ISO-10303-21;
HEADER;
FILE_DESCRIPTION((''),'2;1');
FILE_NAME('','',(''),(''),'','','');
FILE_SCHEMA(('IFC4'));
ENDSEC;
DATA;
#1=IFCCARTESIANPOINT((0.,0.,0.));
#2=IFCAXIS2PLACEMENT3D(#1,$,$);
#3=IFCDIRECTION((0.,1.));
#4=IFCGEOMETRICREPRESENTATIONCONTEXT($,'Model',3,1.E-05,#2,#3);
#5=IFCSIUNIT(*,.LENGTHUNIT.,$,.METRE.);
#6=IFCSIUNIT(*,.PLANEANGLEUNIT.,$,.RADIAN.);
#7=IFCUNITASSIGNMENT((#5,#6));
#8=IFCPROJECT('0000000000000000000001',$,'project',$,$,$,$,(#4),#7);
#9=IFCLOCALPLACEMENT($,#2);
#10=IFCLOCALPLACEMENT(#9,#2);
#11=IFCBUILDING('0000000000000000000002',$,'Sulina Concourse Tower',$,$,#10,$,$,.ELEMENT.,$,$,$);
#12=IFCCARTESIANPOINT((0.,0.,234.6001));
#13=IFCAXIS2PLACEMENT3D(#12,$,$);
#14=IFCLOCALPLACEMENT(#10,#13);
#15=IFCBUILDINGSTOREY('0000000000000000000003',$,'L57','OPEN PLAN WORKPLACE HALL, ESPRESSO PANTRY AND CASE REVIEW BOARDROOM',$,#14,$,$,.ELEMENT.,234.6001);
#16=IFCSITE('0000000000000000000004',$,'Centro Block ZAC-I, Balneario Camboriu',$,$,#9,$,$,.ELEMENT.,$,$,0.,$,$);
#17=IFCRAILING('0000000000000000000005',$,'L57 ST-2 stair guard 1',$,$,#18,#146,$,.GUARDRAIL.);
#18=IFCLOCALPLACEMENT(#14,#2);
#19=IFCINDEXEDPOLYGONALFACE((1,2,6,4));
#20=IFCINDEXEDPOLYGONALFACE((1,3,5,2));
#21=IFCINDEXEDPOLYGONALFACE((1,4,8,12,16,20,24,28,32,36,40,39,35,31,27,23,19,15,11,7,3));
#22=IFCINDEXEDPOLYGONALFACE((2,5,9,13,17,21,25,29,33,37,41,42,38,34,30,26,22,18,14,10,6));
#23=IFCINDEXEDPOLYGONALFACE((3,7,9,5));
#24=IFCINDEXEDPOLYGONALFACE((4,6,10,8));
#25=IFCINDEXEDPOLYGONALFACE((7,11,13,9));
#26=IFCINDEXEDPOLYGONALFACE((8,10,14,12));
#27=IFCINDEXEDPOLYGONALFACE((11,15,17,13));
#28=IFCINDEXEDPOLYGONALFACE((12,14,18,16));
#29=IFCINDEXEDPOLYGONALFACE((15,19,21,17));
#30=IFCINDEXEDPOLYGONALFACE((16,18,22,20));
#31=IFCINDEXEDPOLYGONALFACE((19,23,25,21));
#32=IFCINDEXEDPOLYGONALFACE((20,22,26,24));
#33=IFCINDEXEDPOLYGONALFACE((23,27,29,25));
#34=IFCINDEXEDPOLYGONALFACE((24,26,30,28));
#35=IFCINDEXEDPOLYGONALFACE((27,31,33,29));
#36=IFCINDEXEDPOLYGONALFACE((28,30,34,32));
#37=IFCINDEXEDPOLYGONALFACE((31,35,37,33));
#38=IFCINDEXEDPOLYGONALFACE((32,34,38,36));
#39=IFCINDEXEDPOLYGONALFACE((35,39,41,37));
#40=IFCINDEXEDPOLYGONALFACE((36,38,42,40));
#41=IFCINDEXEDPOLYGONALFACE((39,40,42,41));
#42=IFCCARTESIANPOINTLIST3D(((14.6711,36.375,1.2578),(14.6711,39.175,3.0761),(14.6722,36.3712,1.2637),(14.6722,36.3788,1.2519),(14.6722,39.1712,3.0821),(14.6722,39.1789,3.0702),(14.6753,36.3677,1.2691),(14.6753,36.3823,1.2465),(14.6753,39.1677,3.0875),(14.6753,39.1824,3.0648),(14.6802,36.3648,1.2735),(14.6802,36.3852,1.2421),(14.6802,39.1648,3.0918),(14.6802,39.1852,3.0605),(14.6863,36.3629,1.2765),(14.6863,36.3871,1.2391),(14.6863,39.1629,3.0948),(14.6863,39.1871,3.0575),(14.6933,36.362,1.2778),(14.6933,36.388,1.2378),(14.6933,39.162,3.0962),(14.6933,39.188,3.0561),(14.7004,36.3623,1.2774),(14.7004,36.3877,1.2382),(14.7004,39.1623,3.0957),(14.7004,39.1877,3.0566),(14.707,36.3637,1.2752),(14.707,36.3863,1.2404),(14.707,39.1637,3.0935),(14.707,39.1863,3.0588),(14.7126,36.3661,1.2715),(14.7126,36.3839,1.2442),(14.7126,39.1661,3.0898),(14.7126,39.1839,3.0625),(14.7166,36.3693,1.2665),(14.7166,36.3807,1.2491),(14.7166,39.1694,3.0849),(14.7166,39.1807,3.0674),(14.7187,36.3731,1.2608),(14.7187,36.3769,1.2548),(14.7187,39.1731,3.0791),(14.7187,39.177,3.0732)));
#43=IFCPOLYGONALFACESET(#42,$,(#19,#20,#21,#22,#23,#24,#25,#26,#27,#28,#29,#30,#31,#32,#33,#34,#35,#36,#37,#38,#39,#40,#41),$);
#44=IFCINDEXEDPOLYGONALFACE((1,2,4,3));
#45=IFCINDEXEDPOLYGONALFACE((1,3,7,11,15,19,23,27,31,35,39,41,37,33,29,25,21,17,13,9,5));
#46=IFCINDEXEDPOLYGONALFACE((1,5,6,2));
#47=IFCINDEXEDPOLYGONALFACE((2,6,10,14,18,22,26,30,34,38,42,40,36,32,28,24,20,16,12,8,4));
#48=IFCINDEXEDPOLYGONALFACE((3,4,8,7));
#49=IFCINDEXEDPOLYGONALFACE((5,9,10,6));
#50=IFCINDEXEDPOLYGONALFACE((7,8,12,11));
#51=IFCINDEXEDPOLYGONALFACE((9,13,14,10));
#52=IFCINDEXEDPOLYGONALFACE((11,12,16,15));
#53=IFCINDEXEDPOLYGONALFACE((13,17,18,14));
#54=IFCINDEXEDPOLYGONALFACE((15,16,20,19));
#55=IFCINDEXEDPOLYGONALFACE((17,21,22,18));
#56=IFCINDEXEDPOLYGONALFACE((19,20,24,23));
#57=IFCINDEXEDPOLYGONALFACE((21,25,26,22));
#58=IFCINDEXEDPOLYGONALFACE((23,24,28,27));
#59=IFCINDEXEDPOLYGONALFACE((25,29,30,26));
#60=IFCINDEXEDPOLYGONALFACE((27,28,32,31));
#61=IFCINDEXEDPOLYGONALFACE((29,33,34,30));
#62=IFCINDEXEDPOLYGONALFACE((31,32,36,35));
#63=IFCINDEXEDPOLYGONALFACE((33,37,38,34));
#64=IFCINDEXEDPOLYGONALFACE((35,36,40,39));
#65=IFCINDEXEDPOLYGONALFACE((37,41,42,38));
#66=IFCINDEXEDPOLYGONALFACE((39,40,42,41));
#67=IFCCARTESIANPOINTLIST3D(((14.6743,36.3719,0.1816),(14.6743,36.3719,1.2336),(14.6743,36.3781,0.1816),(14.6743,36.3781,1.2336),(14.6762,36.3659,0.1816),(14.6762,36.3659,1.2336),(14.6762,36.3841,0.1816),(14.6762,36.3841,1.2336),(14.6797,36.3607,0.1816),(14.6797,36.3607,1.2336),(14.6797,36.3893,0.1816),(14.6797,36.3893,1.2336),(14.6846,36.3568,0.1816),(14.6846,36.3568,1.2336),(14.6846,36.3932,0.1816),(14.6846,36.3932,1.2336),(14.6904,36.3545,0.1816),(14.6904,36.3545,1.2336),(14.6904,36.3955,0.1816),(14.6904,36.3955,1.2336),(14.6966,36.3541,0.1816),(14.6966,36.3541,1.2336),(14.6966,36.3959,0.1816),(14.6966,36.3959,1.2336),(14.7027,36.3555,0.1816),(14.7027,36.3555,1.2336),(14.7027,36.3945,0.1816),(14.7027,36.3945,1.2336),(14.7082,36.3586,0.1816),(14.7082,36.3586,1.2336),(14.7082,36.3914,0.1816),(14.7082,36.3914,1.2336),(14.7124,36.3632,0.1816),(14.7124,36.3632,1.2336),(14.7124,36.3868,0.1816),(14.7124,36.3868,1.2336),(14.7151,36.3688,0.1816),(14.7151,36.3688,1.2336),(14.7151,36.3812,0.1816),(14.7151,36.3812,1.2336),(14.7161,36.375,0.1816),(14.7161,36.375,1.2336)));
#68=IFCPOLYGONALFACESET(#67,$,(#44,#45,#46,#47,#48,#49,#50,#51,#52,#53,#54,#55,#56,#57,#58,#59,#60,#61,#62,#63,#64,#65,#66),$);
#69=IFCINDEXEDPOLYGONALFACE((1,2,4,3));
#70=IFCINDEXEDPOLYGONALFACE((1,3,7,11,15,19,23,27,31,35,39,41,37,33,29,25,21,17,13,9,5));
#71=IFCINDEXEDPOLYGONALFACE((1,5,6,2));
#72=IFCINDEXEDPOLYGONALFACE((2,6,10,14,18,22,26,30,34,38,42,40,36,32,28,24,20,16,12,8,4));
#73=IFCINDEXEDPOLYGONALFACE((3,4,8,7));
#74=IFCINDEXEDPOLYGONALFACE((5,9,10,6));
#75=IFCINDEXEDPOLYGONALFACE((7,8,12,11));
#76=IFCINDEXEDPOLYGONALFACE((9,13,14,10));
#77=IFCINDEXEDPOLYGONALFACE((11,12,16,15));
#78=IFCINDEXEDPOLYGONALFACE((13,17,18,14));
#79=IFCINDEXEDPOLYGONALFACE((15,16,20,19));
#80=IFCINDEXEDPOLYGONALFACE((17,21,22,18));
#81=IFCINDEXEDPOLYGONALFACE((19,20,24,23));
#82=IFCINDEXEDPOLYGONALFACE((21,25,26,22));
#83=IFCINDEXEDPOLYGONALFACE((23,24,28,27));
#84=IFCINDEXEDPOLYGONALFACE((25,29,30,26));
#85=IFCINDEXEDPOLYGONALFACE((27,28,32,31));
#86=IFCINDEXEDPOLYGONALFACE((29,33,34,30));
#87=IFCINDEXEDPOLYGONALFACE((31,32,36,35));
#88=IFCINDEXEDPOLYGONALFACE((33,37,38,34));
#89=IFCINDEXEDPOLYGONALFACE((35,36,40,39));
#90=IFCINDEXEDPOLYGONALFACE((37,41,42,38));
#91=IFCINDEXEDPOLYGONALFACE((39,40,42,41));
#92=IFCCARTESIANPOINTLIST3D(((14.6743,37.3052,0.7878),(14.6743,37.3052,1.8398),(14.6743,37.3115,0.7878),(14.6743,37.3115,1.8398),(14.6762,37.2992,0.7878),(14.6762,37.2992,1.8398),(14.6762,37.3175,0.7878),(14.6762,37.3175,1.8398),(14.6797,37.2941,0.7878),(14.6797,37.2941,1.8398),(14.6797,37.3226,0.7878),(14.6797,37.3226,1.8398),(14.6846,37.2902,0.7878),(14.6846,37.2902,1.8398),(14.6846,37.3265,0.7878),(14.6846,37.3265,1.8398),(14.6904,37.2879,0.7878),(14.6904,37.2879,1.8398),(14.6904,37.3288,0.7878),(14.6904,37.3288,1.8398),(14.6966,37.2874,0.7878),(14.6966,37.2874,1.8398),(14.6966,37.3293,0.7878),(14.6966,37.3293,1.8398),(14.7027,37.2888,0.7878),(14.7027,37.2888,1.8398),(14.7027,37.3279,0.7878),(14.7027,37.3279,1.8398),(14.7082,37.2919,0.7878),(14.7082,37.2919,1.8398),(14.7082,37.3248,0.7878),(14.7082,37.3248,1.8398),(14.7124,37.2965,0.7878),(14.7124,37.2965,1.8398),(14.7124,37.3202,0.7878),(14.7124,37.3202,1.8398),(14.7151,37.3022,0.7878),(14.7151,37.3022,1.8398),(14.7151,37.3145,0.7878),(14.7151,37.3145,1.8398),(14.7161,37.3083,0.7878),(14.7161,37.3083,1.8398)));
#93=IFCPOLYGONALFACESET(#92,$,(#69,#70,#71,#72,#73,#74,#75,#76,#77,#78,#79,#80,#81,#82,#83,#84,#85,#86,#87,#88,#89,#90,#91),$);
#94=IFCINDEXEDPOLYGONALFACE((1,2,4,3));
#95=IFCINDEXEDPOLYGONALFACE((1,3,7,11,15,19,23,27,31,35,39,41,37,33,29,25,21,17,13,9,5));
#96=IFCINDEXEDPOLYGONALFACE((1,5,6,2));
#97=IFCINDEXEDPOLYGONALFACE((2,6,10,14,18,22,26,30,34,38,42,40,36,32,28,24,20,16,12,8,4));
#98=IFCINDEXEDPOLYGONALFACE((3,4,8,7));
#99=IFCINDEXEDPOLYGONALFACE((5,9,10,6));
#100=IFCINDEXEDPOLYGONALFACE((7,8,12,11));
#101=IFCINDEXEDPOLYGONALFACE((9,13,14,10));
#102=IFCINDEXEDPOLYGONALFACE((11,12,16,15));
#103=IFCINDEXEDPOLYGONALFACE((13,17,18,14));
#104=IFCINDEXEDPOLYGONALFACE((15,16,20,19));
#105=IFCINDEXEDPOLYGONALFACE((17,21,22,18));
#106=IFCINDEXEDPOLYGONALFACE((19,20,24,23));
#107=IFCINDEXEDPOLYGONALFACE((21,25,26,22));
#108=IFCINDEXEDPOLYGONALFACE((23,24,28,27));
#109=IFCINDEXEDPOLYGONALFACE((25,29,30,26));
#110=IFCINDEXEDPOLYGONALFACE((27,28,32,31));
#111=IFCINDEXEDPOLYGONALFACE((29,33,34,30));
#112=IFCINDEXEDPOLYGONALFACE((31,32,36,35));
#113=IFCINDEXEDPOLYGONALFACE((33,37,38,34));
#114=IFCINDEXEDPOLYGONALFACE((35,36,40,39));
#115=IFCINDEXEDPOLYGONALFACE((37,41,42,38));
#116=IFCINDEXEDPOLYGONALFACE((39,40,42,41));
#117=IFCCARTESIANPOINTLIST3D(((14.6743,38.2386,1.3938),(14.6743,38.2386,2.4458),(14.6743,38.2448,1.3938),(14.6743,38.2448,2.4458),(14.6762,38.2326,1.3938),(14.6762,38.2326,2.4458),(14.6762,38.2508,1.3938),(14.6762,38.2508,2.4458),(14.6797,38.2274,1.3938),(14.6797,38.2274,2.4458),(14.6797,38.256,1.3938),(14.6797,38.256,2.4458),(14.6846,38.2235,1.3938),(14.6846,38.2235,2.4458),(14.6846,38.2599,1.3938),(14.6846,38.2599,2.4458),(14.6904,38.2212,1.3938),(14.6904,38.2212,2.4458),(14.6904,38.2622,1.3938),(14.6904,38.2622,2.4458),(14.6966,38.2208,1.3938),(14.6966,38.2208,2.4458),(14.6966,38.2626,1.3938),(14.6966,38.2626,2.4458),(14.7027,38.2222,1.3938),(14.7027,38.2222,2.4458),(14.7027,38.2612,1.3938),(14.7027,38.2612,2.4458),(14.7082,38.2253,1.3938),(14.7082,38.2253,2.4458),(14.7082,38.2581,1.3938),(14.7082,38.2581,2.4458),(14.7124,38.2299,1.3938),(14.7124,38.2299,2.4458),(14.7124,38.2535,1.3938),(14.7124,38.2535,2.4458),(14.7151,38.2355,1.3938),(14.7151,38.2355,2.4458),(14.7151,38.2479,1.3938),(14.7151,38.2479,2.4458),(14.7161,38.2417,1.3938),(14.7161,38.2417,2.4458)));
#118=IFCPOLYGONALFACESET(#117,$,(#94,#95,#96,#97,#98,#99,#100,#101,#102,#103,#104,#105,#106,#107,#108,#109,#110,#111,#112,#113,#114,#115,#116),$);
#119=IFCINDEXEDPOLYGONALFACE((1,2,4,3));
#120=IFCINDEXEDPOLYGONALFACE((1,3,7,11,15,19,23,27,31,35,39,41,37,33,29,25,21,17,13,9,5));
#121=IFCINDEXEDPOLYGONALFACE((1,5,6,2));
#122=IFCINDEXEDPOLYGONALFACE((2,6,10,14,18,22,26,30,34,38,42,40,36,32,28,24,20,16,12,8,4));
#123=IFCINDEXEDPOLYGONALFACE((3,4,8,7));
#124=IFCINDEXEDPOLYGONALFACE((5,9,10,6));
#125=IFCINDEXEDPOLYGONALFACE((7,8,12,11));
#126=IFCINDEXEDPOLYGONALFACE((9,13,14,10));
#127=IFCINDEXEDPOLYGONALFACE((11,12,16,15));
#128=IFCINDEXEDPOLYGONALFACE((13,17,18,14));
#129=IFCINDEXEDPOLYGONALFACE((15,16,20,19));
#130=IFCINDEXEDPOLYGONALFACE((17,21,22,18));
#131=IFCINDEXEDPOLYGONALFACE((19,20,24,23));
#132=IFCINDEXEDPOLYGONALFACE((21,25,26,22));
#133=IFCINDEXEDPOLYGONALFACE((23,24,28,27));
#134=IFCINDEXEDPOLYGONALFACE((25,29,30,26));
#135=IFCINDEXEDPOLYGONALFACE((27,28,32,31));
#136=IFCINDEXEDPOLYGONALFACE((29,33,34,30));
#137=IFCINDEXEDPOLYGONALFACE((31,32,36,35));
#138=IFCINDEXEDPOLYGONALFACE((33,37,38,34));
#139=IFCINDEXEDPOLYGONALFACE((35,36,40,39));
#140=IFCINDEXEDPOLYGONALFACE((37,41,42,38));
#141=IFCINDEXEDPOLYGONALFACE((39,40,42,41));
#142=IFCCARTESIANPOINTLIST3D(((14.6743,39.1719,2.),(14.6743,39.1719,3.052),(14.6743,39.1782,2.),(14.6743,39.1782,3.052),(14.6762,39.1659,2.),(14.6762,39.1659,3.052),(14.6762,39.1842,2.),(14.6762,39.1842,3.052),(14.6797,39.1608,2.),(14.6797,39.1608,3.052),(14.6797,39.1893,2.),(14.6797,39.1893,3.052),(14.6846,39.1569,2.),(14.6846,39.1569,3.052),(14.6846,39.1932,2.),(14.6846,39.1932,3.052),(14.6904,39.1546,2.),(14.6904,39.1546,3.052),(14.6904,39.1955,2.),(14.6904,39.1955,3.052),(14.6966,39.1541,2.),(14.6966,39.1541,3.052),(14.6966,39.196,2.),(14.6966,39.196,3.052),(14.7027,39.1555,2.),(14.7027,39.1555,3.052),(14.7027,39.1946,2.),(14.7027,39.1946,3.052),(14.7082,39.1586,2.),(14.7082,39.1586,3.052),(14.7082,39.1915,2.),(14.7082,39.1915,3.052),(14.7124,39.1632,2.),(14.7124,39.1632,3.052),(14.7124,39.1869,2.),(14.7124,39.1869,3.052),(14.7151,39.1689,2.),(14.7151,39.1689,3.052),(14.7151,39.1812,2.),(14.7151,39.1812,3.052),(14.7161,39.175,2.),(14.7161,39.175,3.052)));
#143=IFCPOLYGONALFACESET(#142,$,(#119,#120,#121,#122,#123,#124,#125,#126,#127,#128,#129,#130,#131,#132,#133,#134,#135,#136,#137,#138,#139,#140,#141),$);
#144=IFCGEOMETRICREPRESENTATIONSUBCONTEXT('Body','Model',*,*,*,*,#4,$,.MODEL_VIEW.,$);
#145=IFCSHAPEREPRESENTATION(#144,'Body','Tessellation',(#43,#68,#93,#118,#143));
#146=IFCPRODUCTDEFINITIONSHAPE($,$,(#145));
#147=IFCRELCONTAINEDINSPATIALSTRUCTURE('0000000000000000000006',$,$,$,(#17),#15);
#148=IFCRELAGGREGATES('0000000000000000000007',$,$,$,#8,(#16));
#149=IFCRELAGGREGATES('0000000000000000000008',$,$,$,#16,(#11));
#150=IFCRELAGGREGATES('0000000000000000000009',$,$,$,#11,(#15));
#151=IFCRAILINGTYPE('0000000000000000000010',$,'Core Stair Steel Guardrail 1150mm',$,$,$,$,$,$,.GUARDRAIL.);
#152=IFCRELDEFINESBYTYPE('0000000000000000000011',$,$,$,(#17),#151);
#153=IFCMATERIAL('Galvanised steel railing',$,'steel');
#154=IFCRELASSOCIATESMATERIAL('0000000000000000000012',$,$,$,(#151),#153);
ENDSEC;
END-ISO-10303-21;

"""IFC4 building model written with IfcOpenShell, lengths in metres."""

from ifc_helpers import new_model, si_unit, direction, frame, origin, origin_2d, place, context, subcontext, project, spatial, circle, extrude, material, type_object, element, save


model = new_model("IFC4")

# Units and contexts
model_context = context("Model", 3, precision=1e-05, world=origin(), true_north=direction((0.0, 1.0)))
body_context = subcontext(model_context, "Body", "Model", "MODEL_VIEW")
ifc_project = project(units=[si_unit("LENGTHUNIT", "METRE"), si_unit("PLANEANGLEUNIT", "RADIAN")], contexts=[model_context])

# Site, building, storey
site_placement = place(None, origin())
site = spatial("IfcSite", under=ifc_project, at=site_placement, Name="Centro Block ZAC-I, Balneario Camboriu", CompositionType="ELEMENT", RefElevation=0.0)
building_placement = place(site_placement, origin())
building = spatial("IfcBuilding", under=site, at=building_placement, Name="Sulina Concourse Tower", CompositionType="ELEMENT")
storey_placement = place(building_placement, frame((0.0, 0.0, 234.6001)))
storey = spatial("IfcBuildingStorey", under=building, at=storey_placement, Name="L57", Description="OPEN PLAN WORKPLACE HALL, ESPRESSO PANTRY AND CASE REVIEW BOARDROOM", CompositionType="ELEMENT", Elevation=234.6001)

# Railing
ifc_material_1 = material(Name="Galvanised steel railing", Category="steel")
railing_type_1 = type_object("IfcRailingType", Name="Core Stair Steel Guardrail 1150mm", PredefinedType="GUARDRAIL", material=ifc_material_1)
railing_1_placement = place(storey_placement, frame((14.6951, 36.375, 0.1816)))
element("IfcRailing", 1, at=railing_1_placement, inside=storey, type_object=railing_type_1, Name="L57 ST-2 stair guard 1", PredefinedType="GUARDRAIL", context=body_context, shape_type="SweptSolid", body=[
    extrude(circle(Radius=0.0239, at=origin_2d()), frame((0.0, 0.0, 1.0762), z_axis=(0.0, 0.838672, 0.544636), x_axis=(-1.0, 0.0, 0.0)), (0.0, 0.0, 1.0), 3.3386),
    extrude(circle(Radius=0.021, at=origin_2d()), origin(), (0.0, 0.0, 1.0), 1.052),
    extrude(circle(Radius=0.021, at=origin_2d()), frame((0.0, 0.9333, 0.6062)), (0.0, 0.0, 1.0), 1.052),
    extrude(circle(Radius=0.021, at=origin_2d()), frame((0.0, 1.8667, 1.2122)), (0.0, 0.0, 1.0), 1.052),
    extrude(circle(Radius=0.021, at=origin_2d()), frame((0.0, 2.8, 1.8184)), (0.0, 0.0, 1.0), 1.052),
])

save(model, "model.ifc")
